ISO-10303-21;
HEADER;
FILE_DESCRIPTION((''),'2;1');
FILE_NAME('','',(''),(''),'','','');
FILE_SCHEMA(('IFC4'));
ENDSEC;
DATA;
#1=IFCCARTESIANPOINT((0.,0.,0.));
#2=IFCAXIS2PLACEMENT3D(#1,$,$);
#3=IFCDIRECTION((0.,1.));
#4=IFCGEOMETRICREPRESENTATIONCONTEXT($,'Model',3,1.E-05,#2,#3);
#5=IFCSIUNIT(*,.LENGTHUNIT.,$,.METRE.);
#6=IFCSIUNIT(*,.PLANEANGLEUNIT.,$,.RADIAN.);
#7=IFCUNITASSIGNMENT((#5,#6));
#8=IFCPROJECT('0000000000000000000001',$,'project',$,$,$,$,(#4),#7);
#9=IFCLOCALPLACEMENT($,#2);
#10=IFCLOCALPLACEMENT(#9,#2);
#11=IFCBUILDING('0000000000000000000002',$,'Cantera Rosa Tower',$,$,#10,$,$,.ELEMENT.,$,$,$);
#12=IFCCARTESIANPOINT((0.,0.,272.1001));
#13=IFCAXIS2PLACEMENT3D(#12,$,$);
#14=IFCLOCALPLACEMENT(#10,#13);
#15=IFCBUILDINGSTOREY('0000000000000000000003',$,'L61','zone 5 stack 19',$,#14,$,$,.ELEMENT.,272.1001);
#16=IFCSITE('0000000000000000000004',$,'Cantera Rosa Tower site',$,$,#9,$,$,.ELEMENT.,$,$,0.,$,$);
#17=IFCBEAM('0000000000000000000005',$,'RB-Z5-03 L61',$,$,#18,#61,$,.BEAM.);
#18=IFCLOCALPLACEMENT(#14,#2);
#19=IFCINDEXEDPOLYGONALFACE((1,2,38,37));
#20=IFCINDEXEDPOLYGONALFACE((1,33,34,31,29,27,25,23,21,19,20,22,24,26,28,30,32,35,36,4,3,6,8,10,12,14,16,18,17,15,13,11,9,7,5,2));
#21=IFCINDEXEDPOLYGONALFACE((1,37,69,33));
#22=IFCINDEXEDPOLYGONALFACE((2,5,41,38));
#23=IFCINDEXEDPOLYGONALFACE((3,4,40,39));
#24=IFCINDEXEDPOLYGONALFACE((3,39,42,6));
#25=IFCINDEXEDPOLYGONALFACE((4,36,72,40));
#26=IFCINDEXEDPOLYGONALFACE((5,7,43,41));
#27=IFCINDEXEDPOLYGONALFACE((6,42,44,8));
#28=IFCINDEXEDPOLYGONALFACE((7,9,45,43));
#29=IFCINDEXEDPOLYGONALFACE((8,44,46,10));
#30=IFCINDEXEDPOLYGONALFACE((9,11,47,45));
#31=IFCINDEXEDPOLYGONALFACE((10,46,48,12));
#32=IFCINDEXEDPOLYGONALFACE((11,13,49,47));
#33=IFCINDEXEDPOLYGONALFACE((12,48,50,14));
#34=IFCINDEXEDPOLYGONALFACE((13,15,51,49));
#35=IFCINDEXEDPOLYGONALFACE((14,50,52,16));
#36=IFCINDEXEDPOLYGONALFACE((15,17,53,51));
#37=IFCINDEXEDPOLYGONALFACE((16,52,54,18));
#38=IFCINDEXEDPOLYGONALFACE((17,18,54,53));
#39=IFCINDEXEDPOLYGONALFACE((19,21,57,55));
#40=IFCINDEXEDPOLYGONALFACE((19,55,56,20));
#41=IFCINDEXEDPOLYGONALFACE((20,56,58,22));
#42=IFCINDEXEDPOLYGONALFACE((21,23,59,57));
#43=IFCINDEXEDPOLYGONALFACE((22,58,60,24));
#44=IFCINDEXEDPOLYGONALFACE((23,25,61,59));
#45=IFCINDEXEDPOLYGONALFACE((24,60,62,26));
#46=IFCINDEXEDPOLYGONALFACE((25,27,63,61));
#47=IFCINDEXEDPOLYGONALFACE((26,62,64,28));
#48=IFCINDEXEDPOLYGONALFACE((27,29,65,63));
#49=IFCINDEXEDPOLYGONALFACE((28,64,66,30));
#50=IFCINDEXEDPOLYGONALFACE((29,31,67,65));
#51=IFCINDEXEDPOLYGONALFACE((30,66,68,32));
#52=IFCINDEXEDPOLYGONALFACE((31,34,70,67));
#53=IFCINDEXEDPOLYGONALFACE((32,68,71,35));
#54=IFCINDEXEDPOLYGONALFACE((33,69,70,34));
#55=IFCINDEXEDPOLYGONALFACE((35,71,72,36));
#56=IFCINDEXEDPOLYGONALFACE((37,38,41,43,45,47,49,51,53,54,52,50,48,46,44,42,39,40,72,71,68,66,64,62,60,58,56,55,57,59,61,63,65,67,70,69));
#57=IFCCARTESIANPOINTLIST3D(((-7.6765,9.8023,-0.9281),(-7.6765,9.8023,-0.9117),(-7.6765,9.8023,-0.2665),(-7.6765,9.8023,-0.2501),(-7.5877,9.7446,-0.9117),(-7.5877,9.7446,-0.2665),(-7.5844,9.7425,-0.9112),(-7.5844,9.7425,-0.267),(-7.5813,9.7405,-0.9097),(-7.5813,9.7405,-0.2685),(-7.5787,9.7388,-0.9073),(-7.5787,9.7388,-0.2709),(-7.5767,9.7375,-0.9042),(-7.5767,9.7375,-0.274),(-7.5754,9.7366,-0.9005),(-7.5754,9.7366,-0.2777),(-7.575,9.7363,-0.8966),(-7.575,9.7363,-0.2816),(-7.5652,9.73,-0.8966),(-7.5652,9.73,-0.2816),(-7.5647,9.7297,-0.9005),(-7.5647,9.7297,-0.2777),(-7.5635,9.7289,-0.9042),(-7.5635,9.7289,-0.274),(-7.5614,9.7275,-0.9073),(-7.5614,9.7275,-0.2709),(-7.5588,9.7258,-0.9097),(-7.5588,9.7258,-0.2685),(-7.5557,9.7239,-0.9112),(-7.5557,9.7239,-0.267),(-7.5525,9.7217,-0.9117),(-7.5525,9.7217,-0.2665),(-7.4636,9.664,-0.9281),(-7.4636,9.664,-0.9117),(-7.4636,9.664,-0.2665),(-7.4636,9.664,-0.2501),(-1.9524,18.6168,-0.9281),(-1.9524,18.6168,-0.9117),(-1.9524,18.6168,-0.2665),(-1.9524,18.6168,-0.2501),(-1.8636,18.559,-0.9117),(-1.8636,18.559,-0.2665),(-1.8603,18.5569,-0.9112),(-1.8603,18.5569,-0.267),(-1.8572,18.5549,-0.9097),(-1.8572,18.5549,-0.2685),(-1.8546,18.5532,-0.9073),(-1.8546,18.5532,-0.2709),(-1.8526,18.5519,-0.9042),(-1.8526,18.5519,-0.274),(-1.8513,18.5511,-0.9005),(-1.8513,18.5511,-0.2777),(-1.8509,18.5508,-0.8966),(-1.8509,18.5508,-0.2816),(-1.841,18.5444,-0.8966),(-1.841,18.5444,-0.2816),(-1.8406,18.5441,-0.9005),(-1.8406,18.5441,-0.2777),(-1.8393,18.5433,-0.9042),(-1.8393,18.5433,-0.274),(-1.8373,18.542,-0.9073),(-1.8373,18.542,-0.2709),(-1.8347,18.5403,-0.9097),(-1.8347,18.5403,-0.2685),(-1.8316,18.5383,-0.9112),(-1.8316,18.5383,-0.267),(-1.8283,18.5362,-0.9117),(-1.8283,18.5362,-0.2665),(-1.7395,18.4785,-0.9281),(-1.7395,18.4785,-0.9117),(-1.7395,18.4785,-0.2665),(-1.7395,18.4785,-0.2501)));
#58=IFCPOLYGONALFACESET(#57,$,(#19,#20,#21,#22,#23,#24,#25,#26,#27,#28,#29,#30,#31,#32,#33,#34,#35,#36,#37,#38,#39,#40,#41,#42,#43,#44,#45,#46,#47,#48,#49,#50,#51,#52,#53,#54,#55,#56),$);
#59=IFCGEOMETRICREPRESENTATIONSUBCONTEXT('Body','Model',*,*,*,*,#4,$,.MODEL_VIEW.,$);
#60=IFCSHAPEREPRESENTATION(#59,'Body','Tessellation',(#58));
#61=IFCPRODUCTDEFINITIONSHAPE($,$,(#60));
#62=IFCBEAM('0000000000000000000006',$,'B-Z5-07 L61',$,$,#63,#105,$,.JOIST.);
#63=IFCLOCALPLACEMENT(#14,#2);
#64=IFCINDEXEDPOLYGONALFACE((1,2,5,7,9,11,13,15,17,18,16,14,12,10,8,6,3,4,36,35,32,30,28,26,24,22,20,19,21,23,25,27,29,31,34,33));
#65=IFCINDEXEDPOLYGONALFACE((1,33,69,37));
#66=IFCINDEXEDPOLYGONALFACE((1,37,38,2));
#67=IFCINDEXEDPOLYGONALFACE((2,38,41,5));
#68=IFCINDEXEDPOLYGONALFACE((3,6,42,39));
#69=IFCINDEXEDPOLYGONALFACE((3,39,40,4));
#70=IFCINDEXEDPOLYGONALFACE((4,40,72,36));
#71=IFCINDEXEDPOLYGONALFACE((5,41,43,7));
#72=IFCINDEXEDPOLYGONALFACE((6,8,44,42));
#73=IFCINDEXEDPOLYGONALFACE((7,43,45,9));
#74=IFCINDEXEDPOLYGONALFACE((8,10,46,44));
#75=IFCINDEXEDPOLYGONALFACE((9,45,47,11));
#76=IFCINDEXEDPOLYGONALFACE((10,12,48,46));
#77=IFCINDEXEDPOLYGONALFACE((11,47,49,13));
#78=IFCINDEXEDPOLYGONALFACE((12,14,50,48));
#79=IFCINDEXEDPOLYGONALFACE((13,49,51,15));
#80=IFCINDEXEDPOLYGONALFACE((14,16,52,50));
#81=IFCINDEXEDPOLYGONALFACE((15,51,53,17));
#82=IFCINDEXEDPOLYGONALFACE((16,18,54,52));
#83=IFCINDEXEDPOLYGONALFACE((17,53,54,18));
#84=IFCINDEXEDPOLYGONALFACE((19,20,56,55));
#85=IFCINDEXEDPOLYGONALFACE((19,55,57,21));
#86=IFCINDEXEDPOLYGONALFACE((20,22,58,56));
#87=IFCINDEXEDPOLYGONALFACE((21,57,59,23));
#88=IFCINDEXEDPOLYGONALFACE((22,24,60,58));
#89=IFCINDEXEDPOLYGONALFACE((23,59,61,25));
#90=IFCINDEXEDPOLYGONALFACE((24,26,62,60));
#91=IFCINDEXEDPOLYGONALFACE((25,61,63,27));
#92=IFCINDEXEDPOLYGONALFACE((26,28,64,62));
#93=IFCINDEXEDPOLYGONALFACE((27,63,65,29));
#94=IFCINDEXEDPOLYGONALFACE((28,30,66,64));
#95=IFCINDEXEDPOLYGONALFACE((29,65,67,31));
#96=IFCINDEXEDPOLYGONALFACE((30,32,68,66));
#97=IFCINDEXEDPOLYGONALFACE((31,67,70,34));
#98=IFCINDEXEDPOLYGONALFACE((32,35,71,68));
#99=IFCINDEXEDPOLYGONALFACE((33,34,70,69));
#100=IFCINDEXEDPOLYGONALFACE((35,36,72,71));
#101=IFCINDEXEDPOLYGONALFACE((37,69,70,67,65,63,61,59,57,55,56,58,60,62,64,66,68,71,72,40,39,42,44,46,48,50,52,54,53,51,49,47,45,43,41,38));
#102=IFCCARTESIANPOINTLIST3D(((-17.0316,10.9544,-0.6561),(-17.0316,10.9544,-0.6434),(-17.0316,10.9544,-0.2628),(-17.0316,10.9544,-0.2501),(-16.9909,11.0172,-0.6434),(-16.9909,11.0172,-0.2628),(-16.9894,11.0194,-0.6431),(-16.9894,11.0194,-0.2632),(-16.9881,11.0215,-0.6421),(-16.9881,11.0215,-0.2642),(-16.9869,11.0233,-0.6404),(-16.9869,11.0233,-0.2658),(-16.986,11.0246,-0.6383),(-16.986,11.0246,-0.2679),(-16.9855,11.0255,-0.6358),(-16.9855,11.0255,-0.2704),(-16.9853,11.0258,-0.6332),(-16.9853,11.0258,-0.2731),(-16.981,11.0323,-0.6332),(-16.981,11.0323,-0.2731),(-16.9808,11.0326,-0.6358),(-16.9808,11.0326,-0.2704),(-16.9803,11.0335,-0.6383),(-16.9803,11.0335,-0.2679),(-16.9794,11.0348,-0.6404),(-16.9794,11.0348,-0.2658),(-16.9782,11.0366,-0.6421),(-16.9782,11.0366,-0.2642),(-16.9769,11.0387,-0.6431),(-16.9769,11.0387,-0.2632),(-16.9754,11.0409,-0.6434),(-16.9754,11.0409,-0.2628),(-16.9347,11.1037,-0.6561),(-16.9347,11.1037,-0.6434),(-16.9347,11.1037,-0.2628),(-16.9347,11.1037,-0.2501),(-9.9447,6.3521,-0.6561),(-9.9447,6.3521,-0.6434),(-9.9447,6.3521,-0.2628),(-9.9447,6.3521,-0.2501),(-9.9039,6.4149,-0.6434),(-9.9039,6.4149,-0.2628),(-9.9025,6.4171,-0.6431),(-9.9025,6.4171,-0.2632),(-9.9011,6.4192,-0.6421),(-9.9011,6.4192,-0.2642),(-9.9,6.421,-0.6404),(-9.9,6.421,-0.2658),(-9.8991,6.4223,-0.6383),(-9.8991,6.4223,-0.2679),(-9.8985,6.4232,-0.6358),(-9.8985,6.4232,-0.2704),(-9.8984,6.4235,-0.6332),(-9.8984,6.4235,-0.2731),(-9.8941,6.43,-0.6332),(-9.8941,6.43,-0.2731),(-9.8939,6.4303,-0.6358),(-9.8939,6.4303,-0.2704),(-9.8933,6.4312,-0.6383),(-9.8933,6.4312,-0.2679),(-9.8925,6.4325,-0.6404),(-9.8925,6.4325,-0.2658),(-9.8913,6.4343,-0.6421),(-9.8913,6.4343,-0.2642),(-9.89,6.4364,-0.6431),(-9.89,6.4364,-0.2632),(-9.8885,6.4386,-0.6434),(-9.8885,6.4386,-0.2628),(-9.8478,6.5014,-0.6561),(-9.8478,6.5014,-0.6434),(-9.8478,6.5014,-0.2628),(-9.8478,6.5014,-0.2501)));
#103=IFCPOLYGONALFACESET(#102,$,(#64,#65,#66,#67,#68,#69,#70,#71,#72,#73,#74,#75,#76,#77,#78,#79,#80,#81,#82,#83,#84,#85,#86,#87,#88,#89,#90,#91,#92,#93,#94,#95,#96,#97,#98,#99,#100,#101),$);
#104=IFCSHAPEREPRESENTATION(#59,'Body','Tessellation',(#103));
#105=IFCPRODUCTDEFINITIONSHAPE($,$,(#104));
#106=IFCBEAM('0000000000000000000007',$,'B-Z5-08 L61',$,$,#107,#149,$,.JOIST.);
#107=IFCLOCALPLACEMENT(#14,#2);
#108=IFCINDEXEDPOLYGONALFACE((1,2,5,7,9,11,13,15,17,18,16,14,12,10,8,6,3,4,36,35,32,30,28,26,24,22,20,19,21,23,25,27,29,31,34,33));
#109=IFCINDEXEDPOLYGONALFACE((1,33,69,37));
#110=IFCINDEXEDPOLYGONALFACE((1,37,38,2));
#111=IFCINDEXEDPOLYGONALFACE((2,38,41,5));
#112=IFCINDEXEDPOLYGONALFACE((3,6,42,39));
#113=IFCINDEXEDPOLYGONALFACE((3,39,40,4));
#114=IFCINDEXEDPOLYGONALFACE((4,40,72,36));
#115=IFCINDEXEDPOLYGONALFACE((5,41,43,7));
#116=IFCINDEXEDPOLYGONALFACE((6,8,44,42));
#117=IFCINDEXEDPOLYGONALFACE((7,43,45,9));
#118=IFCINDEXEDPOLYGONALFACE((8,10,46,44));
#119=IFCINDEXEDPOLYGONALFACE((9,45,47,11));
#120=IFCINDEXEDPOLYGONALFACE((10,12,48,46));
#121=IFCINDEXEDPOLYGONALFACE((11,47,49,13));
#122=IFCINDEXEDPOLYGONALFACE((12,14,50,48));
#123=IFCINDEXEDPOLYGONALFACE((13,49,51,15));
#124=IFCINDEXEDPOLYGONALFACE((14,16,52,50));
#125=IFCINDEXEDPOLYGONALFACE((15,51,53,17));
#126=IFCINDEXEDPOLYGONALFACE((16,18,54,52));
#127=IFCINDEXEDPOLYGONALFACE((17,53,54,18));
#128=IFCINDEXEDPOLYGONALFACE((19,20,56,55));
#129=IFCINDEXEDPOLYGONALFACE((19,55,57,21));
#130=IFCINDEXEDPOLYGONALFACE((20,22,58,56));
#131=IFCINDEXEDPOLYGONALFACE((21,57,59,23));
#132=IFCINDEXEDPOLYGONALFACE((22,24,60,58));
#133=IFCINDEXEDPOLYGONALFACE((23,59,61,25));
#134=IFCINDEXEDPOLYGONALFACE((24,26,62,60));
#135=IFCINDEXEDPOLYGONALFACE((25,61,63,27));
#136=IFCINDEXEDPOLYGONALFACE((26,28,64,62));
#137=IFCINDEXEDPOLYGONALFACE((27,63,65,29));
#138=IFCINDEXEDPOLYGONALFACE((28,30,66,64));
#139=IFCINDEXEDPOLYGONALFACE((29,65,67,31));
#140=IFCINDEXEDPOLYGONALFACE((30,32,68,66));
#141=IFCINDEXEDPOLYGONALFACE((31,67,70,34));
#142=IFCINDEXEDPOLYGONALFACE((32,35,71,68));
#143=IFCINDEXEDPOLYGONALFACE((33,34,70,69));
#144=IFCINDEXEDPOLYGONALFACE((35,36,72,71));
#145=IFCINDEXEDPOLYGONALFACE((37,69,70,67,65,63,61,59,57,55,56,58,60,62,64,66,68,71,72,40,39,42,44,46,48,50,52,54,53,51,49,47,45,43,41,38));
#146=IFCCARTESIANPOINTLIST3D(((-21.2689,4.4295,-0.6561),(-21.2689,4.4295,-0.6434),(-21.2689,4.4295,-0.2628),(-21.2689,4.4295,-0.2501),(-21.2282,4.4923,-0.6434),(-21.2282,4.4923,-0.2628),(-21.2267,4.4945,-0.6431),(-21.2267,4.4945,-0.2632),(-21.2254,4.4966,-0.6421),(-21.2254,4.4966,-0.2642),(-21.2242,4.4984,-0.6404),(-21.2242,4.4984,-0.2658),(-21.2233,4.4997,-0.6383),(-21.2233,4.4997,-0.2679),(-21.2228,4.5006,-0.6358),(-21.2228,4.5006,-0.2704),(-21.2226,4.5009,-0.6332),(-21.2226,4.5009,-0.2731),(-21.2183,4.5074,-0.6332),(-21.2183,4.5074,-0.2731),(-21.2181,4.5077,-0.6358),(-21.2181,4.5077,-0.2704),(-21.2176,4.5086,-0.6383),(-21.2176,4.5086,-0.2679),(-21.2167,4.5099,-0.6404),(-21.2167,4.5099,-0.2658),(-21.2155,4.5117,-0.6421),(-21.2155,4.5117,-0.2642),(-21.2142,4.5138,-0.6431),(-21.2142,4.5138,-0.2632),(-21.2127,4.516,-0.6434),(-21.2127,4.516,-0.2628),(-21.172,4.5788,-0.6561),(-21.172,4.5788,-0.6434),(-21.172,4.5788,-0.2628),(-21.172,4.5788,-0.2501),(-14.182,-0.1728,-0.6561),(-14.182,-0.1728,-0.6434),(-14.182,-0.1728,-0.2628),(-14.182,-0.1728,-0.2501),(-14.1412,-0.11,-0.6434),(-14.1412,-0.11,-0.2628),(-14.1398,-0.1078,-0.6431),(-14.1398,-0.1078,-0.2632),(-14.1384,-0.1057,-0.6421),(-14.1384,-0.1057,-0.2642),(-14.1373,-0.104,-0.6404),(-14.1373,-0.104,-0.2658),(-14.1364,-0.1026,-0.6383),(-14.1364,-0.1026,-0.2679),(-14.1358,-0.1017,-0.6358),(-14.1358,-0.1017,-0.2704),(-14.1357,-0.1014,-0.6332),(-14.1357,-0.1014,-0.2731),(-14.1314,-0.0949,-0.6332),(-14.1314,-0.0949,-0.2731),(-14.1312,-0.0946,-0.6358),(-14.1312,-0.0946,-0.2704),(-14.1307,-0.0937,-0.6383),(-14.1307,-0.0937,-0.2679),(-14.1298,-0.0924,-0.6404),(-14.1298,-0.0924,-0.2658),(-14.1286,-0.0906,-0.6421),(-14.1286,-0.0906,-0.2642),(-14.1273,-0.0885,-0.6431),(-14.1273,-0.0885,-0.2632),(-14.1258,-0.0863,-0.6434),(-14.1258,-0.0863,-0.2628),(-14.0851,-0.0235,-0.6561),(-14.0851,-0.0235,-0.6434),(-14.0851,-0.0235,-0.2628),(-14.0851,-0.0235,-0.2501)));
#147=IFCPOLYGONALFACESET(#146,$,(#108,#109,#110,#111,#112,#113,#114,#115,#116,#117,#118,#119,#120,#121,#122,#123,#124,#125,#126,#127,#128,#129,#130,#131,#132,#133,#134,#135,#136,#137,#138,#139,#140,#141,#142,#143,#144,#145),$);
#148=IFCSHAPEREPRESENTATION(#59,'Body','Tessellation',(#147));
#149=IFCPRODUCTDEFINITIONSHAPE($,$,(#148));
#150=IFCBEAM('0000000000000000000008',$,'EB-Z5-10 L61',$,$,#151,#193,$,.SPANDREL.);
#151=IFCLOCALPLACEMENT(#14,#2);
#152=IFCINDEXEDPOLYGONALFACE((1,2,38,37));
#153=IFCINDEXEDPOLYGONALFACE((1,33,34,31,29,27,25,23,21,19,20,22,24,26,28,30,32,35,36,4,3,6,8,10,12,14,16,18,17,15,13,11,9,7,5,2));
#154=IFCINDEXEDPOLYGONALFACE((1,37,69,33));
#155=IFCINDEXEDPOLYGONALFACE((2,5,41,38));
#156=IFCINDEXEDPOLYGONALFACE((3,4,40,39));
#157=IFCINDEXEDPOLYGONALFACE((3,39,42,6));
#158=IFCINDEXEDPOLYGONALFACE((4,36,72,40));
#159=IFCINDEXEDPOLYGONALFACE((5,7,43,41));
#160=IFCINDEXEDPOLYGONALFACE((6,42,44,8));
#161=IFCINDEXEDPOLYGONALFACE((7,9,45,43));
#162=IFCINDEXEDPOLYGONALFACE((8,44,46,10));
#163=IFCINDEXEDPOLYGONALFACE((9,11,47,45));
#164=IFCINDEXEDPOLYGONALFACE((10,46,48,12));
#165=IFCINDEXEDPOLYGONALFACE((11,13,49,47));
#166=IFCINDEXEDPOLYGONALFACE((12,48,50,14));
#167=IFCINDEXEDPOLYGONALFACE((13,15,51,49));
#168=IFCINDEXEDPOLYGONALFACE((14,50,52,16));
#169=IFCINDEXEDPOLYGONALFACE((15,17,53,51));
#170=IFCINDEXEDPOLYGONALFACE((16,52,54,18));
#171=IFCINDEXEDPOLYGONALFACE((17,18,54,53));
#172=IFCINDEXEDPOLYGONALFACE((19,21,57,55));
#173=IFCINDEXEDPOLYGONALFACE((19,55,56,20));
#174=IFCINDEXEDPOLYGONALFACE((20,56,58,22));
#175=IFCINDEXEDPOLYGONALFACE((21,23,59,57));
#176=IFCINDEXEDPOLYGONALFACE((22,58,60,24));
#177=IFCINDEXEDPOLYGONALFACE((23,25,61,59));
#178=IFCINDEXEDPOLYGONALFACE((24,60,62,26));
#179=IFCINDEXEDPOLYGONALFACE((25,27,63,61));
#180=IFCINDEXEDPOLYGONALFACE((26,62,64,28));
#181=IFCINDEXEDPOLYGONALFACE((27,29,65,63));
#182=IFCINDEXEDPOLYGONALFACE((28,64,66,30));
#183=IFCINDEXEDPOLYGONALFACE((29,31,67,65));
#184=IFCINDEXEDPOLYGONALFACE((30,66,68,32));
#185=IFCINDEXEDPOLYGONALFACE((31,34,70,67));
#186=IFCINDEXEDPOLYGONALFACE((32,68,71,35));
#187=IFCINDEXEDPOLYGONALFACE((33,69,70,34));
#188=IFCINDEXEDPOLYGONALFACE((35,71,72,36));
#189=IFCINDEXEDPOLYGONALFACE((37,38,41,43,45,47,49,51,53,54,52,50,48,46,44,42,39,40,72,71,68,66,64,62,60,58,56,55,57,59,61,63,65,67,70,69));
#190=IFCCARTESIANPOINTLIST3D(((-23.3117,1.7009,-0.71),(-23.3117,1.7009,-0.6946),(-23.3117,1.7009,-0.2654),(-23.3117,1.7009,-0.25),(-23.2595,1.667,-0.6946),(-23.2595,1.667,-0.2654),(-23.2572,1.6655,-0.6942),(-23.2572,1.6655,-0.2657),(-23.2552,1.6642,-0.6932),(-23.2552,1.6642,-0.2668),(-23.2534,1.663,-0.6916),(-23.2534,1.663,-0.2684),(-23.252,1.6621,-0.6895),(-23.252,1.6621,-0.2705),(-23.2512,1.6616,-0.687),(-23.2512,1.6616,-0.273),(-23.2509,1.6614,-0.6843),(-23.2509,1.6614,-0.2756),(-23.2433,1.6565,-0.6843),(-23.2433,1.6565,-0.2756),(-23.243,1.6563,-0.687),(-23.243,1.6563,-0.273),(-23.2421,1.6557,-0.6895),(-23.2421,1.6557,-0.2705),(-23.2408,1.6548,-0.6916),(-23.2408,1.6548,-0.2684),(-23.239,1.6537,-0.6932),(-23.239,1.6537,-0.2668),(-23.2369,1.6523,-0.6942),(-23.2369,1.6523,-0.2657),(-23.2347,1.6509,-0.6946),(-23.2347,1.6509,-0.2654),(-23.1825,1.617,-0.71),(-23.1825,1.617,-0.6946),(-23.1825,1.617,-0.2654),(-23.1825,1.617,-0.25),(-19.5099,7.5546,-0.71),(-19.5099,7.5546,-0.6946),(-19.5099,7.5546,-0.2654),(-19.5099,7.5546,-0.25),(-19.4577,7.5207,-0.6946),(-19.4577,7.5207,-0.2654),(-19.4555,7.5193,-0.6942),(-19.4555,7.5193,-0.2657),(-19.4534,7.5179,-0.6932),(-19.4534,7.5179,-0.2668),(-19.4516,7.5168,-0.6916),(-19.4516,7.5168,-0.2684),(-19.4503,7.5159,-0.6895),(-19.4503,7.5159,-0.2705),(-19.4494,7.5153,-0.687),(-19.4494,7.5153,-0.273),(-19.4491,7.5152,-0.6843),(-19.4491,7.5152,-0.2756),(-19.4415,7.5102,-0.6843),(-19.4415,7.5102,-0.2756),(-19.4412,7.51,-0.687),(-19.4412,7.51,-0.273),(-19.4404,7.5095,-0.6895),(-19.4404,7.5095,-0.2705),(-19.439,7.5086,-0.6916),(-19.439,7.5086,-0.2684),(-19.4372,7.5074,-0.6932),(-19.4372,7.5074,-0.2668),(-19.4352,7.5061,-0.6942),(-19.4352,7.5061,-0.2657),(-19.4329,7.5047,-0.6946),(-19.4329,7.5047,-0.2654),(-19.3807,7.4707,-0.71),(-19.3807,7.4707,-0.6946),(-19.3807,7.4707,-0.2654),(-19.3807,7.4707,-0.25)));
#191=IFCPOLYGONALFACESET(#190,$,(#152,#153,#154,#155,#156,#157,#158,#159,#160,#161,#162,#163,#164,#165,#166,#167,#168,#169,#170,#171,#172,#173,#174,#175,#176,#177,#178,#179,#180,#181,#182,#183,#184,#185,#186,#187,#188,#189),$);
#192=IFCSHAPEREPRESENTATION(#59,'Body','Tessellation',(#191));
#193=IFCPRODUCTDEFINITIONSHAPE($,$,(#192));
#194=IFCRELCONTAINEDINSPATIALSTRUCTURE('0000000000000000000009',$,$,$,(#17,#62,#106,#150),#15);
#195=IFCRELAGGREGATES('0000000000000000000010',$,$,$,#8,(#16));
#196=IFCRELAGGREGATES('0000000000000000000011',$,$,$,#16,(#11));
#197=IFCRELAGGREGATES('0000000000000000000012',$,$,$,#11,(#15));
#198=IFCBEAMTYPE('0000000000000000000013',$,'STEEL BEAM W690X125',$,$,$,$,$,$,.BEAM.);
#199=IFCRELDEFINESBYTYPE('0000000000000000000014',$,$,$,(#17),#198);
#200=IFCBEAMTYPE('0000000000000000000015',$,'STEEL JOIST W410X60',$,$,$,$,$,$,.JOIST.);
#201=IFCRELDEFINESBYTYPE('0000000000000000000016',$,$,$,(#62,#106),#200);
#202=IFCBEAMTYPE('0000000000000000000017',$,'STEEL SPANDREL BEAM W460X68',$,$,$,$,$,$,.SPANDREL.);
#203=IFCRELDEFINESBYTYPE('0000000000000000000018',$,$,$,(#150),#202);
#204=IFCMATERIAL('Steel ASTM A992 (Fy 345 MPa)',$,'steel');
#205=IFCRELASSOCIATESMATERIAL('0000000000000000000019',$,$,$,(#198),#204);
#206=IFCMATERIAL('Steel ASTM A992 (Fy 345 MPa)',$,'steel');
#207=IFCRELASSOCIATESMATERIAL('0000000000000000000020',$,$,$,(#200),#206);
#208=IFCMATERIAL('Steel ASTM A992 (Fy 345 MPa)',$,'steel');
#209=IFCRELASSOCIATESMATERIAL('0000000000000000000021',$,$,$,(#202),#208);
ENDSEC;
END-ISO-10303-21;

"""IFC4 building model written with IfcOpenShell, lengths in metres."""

from ifc_helpers import new_model, si_unit, direction, frame, origin, origin_2d, place, context, subcontext, project, spatial, i_section, extrude, material, material_profile, profile_set, type_object, element, save


model = new_model("IFC4")

# Units and contexts
model_context = context("Model", 3, precision=1e-05, world=origin(), true_north=direction((0.0, 1.0)))
body_context = subcontext(model_context, "Body", "Model", "MODEL_VIEW")
ifc_project = project(units=[si_unit("LENGTHUNIT", "METRE"), si_unit("PLANEANGLEUNIT", "RADIAN")], contexts=[model_context])

# Site, building, storey
site_placement = place(None, origin())
site = spatial("IfcSite", under=ifc_project, at=site_placement, Name="Cantera Rosa Tower site", CompositionType="ELEMENT", RefElevation=0.0)
building_placement = place(site_placement, origin())
building = spatial("IfcBuilding", under=site, at=building_placement, Name="Cantera Rosa Tower", CompositionType="ELEMENT")
storey_placement = place(building_placement, frame((0.0, 0.0, 272.1001)))
storey = spatial("IfcBuildingStorey", under=building, at=storey_placement, Name="L61", Description="zone 5 stack 19", CompositionType="ELEMENT", Elevation=272.1001)

# Beams
ifc_material_1 = material(Name="Steel ASTM A992 (Fy 345 MPa)", Category="steel")
ifc_material_profile_1 = material_profile(ifc_material_1, i_section(OverallWidth=0.2539, OverallDepth=0.678, WebThickness=0.0117, FlangeThickness=0.0164, FilletRadius=0.0151, at=origin_2d()), Name="W690X125")
ifc_profile_set_1 = profile_set([ifc_material_profile_1], Name="Steel ASTM A992 (Fy 345 MPa)")
beam_type_1 = type_object("IfcBeamType", Name="STEEL BEAM W690X125", PredefinedType="BEAM", material=ifc_profile_set_1)
beam_1_placement = place(storey_placement, frame((-7.5701, 9.7332, -0.5891), z_axis=(0.544636, 0.838673, 0.0), x_axis=(-0.838673, 0.544636, 0.0)))
element("IfcBeam", 1, at=beam_1_placement, inside=storey, type_object=beam_type_1, Name="RB-Z5-03 L61", PredefinedType="BEAM", context=body_context, shape_type="SweptSolid", body=[
    extrude(i_section(OverallWidth=0.2539, OverallDepth=0.678, WebThickness=0.0117, FlangeThickness=0.0164, FilletRadius=0.0151, at=origin_2d()), origin(), (0.0, 0.0, 1.0), 10.51),
])
ifc_material_2 = material(Name="Steel ASTM A992 (Fy 345 MPa)", Category="steel")
ifc_material_profile_2 = material_profile(ifc_material_2, i_section(OverallWidth=0.178, OverallDepth=0.406, WebThickness=0.0078, FlangeThickness=0.0127, FilletRadius=0.0103, at=origin_2d()), Name="W410X60")
ifc_profile_set_2 = profile_set([ifc_material_profile_2], Name="Steel ASTM A992 (Fy 345 MPa)")
beam_type_2 = type_object("IfcBeamType", Name="STEEL JOIST W410X60", PredefinedType="JOIST", material=ifc_profile_set_2)
for number, where, z_axis, x_axis, name in (
    (2, (-16.9832, 11.0291, -0.4531), (0.838671, -0.544639, 0.0), (0.544639, 0.838671, 0.0), "B-Z5-07 L61"),
    (3, (-21.2205, 4.5042, -0.4531), (0.838671, -0.544639, 0.0), (0.544639, 0.838671, 0.0), "B-Z5-08 L61"),
):
    element("IfcBeam", number, at=place(storey_placement, frame(where, z_axis=z_axis, x_axis=x_axis)), inside=storey, type_object=beam_type_2, Name=name, PredefinedType="JOIST", context=body_context, shape_type="SweptSolid", body=[
        extrude(i_section(OverallWidth=0.178, OverallDepth=0.406, WebThickness=0.0078, FlangeThickness=0.0127, FilletRadius=0.0103, at=origin_2d()), origin(), (0.0, 0.0, 1.0), 8.4502),
    ])
ifc_material_3 = material(Name="Steel ASTM A992 (Fy 345 MPa)", Category="steel")
ifc_material_profile_3 = material_profile(ifc_material_3, i_section(OverallWidth=0.1541, OverallDepth=0.46, WebThickness=0.009, FlangeThickness=0.0154, FilletRadius=0.0103, at=origin_2d()), Name="W460X68")
ifc_profile_set_3 = profile_set([ifc_material_profile_3], Name="Steel ASTM A992 (Fy 345 MPa)")
beam_type_3 = type_object("IfcBeamType", Name="STEEL SPANDREL BEAM W460X68", PredefinedType="SPANDREL", material=ifc_profile_set_3)
for number, where, z_axis, x_axis, name in (
    (4, (-19.4453, 7.5127, -0.48), (-0.544667, -0.838652, 0.0), (0.838652, -0.544667, 0.0), "EB-Z5-10 L61"),
):
    element("IfcBeam", number, at=place(storey_placement, frame(where, z_axis=z_axis, x_axis=x_axis)), inside=storey, type_object=beam_type_3, Name=name, PredefinedType="SPANDREL", context=body_context, shape_type="SweptSolid", body=[
        extrude(i_section(OverallWidth=0.1541, OverallDepth=0.46, WebThickness=0.009, FlangeThickness=0.0154, FilletRadius=0.0103, at=origin_2d()), origin(), (0.0, 0.0, 1.0), 6.98),
    ])

save(model, "model.ifc")
